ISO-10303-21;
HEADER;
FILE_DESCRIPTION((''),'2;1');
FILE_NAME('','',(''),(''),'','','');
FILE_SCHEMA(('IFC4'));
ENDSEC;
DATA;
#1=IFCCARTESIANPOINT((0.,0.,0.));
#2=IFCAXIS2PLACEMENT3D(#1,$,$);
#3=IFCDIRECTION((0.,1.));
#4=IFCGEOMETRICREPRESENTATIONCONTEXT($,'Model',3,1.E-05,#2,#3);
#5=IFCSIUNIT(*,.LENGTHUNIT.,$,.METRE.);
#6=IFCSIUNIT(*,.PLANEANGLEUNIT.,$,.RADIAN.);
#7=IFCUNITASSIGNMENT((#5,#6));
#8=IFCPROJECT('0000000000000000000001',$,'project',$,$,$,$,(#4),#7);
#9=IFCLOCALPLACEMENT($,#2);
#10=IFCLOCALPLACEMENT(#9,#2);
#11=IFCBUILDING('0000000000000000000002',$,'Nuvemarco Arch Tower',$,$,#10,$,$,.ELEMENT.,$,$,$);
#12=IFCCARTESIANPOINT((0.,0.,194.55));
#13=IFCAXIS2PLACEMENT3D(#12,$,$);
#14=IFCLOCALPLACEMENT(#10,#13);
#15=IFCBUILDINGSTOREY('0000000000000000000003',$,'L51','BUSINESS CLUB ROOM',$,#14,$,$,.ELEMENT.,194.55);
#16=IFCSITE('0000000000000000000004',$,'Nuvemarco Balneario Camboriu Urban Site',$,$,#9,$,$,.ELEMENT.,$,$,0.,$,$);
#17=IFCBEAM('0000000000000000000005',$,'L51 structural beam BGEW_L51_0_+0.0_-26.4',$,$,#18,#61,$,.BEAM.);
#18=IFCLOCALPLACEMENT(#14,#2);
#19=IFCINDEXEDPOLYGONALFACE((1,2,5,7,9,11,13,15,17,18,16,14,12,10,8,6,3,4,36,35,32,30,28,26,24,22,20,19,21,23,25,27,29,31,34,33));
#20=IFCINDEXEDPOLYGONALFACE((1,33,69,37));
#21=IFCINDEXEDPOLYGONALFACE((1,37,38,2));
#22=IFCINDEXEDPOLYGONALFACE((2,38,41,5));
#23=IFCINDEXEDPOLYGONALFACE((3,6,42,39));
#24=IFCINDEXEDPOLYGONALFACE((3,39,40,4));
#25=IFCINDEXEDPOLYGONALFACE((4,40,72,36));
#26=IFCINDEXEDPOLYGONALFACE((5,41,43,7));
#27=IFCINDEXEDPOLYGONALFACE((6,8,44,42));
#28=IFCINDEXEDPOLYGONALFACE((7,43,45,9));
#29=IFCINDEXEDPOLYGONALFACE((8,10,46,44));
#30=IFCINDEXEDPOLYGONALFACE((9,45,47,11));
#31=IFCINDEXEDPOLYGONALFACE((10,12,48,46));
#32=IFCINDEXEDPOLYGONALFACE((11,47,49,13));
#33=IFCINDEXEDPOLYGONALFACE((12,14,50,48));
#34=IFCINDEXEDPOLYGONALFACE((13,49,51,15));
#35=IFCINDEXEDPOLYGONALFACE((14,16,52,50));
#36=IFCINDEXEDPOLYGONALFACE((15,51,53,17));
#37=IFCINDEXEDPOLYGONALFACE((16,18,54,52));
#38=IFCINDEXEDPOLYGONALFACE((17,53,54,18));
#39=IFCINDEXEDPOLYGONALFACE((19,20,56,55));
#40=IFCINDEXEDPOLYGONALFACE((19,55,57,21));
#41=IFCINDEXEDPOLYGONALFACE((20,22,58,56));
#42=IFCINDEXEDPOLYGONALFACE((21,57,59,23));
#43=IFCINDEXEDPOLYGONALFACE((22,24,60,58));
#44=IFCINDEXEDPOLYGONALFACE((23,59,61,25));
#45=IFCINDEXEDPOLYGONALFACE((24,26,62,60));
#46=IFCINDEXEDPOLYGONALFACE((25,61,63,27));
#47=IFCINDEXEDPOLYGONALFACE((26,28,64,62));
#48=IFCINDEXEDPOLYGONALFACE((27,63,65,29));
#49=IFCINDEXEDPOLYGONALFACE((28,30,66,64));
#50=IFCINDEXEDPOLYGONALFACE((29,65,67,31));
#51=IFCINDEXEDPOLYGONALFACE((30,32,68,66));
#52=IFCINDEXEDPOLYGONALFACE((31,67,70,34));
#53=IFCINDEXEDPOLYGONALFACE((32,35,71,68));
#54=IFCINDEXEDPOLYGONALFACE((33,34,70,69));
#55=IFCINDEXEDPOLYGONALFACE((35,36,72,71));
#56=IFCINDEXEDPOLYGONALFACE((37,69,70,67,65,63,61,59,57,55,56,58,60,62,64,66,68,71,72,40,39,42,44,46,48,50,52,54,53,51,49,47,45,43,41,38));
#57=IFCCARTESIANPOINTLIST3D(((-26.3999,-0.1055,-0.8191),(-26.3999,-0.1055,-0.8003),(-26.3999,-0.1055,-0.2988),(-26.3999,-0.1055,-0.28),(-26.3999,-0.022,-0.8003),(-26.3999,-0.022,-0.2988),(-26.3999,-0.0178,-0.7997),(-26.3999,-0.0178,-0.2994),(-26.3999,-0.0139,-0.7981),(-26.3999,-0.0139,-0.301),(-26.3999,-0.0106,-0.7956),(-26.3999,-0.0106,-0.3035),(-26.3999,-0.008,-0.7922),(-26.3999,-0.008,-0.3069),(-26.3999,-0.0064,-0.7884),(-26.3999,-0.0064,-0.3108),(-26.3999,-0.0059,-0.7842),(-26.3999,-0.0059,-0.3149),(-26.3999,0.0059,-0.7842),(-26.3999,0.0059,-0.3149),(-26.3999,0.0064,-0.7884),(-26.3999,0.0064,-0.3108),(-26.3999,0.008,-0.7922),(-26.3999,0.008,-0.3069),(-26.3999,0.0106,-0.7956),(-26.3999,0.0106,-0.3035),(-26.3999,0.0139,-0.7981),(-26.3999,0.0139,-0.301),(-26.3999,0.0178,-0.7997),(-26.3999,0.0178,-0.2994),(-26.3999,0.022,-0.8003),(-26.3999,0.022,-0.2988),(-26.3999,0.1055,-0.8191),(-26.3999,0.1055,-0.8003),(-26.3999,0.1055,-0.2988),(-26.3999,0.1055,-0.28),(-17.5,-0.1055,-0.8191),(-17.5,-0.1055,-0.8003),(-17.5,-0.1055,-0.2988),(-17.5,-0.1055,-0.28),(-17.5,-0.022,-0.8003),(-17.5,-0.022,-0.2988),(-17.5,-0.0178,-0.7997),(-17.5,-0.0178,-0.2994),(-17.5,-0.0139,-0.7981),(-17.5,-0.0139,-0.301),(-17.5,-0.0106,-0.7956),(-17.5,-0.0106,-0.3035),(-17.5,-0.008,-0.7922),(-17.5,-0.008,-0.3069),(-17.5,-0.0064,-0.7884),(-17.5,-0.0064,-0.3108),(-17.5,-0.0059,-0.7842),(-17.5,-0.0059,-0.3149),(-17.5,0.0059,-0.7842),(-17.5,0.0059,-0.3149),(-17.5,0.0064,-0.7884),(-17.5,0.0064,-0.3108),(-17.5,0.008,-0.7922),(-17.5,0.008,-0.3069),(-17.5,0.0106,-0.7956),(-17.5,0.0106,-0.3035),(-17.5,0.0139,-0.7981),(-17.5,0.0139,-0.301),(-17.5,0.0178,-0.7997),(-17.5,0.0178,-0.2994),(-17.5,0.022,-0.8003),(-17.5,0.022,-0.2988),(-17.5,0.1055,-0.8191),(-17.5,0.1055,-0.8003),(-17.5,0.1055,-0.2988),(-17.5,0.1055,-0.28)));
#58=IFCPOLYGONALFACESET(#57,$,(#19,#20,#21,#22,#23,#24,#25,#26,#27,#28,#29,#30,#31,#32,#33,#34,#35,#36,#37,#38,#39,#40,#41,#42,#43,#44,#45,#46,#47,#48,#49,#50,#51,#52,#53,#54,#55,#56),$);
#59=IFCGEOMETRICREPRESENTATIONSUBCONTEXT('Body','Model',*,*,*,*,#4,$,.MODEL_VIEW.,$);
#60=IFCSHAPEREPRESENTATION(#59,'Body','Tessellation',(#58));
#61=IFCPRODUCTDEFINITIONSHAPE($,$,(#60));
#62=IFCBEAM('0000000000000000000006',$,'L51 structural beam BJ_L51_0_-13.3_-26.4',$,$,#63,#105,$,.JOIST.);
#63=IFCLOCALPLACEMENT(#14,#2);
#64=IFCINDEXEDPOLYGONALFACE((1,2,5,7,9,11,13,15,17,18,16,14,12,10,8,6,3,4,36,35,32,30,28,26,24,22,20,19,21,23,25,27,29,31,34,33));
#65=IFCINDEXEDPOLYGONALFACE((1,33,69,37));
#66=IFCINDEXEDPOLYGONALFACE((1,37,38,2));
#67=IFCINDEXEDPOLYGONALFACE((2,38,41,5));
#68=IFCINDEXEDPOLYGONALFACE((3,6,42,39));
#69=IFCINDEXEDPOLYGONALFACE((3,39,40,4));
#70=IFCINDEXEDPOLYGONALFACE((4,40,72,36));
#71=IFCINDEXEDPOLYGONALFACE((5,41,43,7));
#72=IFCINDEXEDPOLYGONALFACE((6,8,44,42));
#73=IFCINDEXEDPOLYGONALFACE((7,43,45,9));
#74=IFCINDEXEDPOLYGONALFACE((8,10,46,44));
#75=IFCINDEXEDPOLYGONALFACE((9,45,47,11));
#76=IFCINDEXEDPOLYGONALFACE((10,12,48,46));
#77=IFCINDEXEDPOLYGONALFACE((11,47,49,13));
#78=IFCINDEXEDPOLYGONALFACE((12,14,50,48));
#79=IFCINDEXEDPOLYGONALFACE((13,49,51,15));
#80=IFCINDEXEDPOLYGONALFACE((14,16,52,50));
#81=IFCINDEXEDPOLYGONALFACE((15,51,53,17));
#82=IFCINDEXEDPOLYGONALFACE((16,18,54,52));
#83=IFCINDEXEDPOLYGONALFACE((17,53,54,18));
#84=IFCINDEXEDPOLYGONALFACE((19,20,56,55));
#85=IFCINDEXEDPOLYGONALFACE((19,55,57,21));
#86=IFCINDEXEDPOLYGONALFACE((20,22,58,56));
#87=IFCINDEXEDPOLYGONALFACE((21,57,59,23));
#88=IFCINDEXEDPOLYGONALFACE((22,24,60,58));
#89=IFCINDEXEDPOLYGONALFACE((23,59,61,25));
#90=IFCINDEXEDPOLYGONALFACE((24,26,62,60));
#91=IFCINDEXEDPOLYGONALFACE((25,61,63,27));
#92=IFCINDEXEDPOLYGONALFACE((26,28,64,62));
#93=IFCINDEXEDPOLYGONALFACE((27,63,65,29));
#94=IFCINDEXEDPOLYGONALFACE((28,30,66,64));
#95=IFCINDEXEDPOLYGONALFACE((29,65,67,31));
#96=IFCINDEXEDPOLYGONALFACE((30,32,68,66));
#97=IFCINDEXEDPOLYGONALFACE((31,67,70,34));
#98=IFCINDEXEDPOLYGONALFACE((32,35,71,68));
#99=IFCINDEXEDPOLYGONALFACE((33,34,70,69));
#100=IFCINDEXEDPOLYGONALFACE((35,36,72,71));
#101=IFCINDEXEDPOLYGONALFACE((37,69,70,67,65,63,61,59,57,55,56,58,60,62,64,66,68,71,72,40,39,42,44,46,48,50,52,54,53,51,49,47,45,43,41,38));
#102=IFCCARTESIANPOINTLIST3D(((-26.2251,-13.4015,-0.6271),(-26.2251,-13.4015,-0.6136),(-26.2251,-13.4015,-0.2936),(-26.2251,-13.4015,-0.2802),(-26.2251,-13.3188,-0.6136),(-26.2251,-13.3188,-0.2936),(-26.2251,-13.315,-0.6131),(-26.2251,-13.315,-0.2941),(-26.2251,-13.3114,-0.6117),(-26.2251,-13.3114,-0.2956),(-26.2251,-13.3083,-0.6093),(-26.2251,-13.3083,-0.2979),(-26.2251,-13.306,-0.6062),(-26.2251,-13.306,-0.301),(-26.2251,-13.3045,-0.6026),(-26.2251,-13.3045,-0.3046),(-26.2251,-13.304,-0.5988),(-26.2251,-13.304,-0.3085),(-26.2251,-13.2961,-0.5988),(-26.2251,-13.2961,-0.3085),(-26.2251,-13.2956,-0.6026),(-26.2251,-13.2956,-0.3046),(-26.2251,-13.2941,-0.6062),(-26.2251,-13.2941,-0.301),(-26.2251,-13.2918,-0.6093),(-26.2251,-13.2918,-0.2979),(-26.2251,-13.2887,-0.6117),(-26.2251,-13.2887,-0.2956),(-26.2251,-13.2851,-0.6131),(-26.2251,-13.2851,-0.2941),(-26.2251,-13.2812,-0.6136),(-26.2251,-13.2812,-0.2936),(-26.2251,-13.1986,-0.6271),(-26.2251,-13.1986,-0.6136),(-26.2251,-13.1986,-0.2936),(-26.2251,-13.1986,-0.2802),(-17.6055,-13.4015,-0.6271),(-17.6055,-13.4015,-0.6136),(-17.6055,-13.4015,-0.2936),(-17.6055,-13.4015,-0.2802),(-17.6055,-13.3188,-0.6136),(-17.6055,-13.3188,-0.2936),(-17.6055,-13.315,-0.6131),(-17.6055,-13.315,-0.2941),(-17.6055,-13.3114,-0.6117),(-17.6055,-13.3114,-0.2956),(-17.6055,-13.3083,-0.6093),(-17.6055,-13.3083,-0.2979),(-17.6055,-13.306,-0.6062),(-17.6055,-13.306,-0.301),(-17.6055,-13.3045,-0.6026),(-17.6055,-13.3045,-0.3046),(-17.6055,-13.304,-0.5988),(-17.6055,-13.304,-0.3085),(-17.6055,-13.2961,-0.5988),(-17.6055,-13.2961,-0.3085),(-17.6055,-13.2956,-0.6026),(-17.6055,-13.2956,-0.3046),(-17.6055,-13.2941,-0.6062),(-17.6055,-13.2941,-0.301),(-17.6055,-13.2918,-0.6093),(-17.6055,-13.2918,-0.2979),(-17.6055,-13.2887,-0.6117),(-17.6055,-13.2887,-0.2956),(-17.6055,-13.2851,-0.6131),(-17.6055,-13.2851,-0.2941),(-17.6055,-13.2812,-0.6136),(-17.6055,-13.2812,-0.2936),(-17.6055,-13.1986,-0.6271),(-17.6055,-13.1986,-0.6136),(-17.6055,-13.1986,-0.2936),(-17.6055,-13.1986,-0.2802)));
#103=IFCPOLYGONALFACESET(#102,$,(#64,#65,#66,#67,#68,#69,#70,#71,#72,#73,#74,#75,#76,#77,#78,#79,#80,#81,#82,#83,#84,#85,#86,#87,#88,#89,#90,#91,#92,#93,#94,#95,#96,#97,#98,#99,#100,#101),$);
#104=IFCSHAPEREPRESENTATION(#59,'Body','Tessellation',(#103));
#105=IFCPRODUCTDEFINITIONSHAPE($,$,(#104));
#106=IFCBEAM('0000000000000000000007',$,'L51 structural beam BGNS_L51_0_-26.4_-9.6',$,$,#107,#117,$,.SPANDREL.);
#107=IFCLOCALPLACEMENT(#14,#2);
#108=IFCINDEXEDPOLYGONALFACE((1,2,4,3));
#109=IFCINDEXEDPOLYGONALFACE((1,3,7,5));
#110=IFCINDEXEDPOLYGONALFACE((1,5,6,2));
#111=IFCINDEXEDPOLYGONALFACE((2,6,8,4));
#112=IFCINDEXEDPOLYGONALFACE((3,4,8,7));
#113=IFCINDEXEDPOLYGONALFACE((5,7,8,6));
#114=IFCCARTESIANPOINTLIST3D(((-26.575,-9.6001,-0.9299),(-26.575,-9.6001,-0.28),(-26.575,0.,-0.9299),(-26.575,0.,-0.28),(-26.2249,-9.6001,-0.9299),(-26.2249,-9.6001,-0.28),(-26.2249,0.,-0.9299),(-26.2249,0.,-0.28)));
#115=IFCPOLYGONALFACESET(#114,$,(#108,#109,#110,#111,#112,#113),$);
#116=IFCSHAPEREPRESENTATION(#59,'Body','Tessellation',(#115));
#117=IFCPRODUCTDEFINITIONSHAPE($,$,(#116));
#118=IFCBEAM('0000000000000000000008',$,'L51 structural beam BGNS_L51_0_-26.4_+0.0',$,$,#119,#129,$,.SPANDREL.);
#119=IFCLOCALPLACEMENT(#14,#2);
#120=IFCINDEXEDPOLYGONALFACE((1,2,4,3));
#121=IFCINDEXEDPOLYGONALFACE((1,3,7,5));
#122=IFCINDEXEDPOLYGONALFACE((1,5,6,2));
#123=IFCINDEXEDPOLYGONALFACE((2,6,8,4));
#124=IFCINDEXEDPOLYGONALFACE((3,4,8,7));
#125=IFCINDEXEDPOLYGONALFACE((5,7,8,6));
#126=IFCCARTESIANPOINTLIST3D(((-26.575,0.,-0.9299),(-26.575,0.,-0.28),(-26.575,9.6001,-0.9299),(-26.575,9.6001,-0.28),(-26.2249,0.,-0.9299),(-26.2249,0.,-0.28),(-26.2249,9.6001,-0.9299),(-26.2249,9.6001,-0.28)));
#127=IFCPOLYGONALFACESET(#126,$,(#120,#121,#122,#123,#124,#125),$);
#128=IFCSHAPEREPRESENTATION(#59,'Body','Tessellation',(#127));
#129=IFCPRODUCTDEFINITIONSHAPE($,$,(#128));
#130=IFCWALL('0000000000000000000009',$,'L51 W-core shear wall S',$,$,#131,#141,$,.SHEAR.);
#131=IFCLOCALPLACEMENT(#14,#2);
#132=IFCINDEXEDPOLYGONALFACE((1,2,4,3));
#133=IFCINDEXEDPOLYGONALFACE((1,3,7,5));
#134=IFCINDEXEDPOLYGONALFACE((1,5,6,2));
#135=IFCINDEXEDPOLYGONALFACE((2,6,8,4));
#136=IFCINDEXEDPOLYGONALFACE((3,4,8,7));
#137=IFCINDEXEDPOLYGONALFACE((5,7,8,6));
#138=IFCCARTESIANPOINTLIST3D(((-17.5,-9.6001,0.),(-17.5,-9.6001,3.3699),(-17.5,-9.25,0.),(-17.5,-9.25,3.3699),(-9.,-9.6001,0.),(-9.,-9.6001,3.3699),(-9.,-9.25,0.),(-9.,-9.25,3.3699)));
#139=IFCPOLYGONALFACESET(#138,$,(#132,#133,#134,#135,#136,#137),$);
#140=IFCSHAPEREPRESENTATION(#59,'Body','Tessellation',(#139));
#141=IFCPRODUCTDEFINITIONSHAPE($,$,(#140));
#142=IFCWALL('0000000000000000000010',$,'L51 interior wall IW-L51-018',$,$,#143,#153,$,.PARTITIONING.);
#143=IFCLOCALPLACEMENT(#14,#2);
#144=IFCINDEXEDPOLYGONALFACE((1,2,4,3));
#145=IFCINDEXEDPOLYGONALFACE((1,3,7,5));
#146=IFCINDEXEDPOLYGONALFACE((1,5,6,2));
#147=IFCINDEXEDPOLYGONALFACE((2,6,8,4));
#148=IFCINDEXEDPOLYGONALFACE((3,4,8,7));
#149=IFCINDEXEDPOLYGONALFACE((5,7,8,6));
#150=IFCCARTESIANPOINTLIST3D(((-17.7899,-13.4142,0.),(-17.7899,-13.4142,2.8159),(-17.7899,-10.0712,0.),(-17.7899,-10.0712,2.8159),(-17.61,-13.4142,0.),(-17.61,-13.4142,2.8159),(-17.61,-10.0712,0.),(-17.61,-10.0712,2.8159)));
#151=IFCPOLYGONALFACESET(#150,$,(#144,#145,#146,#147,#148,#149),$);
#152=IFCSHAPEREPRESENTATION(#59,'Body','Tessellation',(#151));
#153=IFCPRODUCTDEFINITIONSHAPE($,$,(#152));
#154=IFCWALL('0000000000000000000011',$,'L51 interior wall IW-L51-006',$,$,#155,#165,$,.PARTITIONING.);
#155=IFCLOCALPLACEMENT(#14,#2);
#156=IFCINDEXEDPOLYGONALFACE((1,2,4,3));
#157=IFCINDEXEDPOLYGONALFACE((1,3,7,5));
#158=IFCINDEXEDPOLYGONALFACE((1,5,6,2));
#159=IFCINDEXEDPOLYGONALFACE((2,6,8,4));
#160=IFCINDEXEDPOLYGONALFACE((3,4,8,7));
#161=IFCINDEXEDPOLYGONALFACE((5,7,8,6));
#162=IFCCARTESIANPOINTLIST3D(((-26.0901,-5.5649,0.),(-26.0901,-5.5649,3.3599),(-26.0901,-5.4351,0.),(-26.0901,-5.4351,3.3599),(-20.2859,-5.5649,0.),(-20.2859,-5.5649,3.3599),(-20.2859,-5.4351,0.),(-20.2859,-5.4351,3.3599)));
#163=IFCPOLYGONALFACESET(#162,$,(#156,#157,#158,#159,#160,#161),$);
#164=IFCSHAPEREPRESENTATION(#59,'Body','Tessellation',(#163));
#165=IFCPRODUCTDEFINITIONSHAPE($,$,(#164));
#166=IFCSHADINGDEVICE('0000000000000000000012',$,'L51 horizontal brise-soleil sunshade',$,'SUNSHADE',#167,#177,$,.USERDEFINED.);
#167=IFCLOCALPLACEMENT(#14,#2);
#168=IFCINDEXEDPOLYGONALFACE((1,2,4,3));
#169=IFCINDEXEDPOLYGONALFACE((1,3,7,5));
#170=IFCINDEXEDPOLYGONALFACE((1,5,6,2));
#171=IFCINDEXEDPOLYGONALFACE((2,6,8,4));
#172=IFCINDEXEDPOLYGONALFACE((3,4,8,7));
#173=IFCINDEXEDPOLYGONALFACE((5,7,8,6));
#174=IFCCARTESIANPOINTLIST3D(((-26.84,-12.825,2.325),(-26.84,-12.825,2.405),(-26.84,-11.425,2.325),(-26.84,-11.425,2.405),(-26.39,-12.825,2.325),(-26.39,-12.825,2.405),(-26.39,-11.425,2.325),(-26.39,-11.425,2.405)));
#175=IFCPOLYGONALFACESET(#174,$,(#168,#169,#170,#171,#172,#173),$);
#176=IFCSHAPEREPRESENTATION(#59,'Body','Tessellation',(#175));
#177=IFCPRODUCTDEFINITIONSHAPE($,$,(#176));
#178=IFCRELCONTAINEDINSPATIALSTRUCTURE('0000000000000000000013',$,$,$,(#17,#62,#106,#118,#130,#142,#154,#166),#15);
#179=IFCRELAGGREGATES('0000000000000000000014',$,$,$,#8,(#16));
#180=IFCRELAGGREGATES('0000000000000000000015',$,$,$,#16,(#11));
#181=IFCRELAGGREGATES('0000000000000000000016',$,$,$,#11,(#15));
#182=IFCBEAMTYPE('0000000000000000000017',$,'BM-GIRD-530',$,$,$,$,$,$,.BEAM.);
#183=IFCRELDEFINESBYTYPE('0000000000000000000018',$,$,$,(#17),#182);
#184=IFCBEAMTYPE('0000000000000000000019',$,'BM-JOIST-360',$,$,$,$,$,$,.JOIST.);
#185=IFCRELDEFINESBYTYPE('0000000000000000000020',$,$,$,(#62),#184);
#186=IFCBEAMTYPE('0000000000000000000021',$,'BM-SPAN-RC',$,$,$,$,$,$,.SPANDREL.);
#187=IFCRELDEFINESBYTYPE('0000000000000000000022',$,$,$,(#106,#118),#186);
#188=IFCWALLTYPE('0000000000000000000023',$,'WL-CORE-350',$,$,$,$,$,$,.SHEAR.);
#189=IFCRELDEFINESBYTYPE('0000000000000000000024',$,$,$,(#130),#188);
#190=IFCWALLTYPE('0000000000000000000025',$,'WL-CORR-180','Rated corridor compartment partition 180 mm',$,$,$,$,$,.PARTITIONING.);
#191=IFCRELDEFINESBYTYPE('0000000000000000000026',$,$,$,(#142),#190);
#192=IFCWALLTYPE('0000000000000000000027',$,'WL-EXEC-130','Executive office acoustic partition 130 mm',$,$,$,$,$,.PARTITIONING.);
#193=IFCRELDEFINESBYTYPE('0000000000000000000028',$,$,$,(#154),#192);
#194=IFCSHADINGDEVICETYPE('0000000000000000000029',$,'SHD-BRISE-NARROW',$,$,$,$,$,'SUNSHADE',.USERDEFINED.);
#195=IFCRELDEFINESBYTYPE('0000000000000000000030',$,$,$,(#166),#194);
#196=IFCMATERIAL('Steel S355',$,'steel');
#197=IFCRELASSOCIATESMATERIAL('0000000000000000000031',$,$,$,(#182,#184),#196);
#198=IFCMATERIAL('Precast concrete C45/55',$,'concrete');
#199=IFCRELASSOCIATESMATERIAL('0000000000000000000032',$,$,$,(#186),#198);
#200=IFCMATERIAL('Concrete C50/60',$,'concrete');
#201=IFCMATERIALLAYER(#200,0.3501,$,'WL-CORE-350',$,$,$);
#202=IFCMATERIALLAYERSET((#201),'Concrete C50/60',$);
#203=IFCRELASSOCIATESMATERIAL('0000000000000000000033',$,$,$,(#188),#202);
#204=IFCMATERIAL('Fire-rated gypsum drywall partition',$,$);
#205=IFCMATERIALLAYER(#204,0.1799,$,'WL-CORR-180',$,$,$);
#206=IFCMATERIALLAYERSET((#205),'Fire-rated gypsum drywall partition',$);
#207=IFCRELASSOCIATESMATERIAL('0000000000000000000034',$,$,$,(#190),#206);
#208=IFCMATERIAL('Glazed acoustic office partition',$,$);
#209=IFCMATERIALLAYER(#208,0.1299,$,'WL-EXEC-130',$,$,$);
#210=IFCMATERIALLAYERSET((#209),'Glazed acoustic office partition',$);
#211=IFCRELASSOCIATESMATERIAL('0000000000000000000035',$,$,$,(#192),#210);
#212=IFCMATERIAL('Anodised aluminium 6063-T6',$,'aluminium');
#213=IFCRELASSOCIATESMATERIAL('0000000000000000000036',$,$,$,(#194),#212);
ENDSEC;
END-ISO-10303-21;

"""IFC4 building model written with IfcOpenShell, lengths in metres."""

from ifc_helpers import new_model, si_unit, direction, frame, frame_2d, origin, origin_2d, place, context, subcontext, project, spatial, rectangle, i_section, extrude, source, transform, mapped, material, layer, layer_set, material_profile, profile_set, type_object, type_shapes, element, save


model = new_model("IFC4")

# Units and contexts
model_context = context("Model", 3, precision=1e-05, world=origin(), true_north=direction((0.0, 1.0)))
body_context = subcontext(model_context, "Body", "Model", "MODEL_VIEW")
ifc_project = project(units=[si_unit("LENGTHUNIT", "METRE"), si_unit("PLANEANGLEUNIT", "RADIAN")], contexts=[model_context])

# Site, building, storey
site_placement = place(None, origin())
site = spatial("IfcSite", under=ifc_project, at=site_placement, Name="Nuvemarco Balneario Camboriu Urban Site", CompositionType="ELEMENT", RefElevation=0.0)
building_placement = place(site_placement, origin())
building = spatial("IfcBuilding", under=site, at=building_placement, Name="Nuvemarco Arch Tower", CompositionType="ELEMENT")
storey_placement = place(building_placement, frame((0.0, 0.0, 194.55)))
storey = spatial("IfcBuildingStorey", under=building, at=storey_placement, Name="L51", Description="BUSINESS CLUB ROOM", CompositionType="ELEMENT", Elevation=194.55)

# Shared definitions
ifc_material_1 = material(Name="Concrete C50/60", Category="concrete")
ifc_material_2 = material(Name="Steel S355", Category="steel")

# Beams
ifc_material_profile_1 = material_profile(ifc_material_2, i_section(OverallWidth=0.2109, OverallDepth=0.5391, WebThickness=0.0117, FlangeThickness=0.0188, FilletRadius=0.0161, at=origin_2d()), Name="W530x109")
ifc_profile_set_1 = profile_set([ifc_material_profile_1], Name="Steel S355")
beam_type_1 = type_object("IfcBeamType", Name="BM-GIRD-530", PredefinedType="BEAM", material=ifc_profile_set_1)
beam_1_placement = place(storey_placement, frame((-26.3999, 0.0, -0.5496), z_axis=(1.0, 0.0, 0.0), x_axis=(0.0, 1.0, 0.0)))
element("IfcBeam", 1, at=beam_1_placement, inside=storey, type_object=beam_type_1, Name="L51 structural beam BGEW_L51_0_+0.0_-26.4", PredefinedType="BEAM", context=body_context, shape_type="SweptSolid", body=[
    extrude(i_section(OverallWidth=0.2109, OverallDepth=0.5391, WebThickness=0.0117, FlangeThickness=0.0188, FilletRadius=0.0161, at=origin_2d()), origin(), (0.0, 0.0, 1.0), 8.8999),
])
ifc_material_profile_2 = material_profile(ifc_material_2, i_section(OverallWidth=0.2029, OverallDepth=0.3469, WebThickness=0.0078, FlangeThickness=0.0134, FilletRadius=0.0149, at=origin_2d()), Name="W360x64")
ifc_profile_set_2 = profile_set([ifc_material_profile_2], Name="Steel S355")
beam_type_2 = type_object("IfcBeamType", Name="BM-JOIST-360", PredefinedType="JOIST", material=ifc_profile_set_2)
beam_2_placement = place(storey_placement, frame((-26.2251, -13.3, -0.4536), z_axis=(1.0, 0.0, 0.0), x_axis=(0.0, 1.0, 0.0)))
element("IfcBeam", 2, at=beam_2_placement, inside=storey, type_object=beam_type_2, Name="L51 structural beam BJ_L51_0_-13.3_-26.4", PredefinedType="JOIST", context=body_context, shape_type="SweptSolid", body=[
    extrude(i_section(OverallWidth=0.2029, OverallDepth=0.3469, WebThickness=0.0078, FlangeThickness=0.0134, FilletRadius=0.0149, at=origin_2d()), origin(), (0.0, 0.0, 1.0), 8.6196),
])
ifc_material_3 = material(Name="Precast concrete C45/55", Category="concrete")
ifc_material_profile_3 = material_profile(ifc_material_3, rectangle(XDim=0.3501, YDim=0.6499, at=origin_2d()), Name="PC-SP-350x650")
ifc_profile_set_3 = profile_set([ifc_material_profile_3], Name="Precast concrete C45/55")
beam_type_3 = type_object("IfcBeamType", Name="BM-SPAN-RC", PredefinedType="SPANDREL", material=ifc_profile_set_3)
for number, where, z_axis, x_axis, name in (
    (3, (-26.3999, -9.6001, -0.605), (0.0, 1.0, 0.0), (-1.0, 0.0, 0.0), "L51 structural beam BGNS_L51_0_-26.4_-9.6"),
    (4, (-26.3999, 0.0, -0.605), (0.0, 1.0, 0.0), (-1.0, 0.0, 0.0), "L51 structural beam BGNS_L51_0_-26.4_+0.0"),
):
    element("IfcBeam", number, at=place(storey_placement, frame(where, z_axis=z_axis, x_axis=x_axis)), inside=storey, type_object=beam_type_3, Name=name, PredefinedType="SPANDREL", context=body_context, shape_type="SweptSolid", body=[
        extrude(rectangle(XDim=0.3501, YDim=0.6499, at=origin_2d()), origin(), (0.0, 0.0, 1.0), 9.6001),
    ])

# Walls
ifc_layer_1 = layer(ifc_material_1, 0.3501, Name="WL-CORE-350")
ifc_layer_set_1 = layer_set([ifc_layer_1], Name="Concrete C50/60")
wall_type_1 = type_object("IfcWallType", Name="WL-CORE-350", PredefinedType="SHEAR", material=ifc_layer_set_1)
wall_1_placement = place(storey_placement, frame((-17.5, -9.425, 0.0), z_axis=(0.0, 0.0, 1.0), x_axis=(1.0, 0.0, 0.0)))
element("IfcWall", 5, at=wall_1_placement, inside=storey, type_object=wall_type_1, Name="L51 W-core shear wall S", PredefinedType="SHEAR", context=body_context, shape_type="SweptSolid", body=[
    extrude(rectangle(XDim=8.5, YDim=0.3501, at=frame_2d((4.25, 0.0))), origin(), (0.0, 0.0, 1.0), 3.3699),
])
ifc_material_4 = material(Name="Fire-rated gypsum drywall partition")
ifc_layer_2 = layer(ifc_material_4, 0.1799, Name="WL-CORR-180")
ifc_layer_set_2 = layer_set([ifc_layer_2], Name="Fire-rated gypsum drywall partition")
wall_type_2 = type_object("IfcWallType", Name="WL-CORR-180", Description="Rated corridor compartment partition 180 mm", PredefinedType="PARTITIONING", material=ifc_layer_set_2)
wall_2_placement = place(storey_placement, frame((-17.7, -13.4141, 0.0), z_axis=(0.0, 0.0, 1.0), x_axis=(0.0, 1.0, 0.0)))
element("IfcWall", 6, at=wall_2_placement, inside=storey, type_object=wall_type_2, Name="L51 interior wall IW-L51-018", PredefinedType="PARTITIONING", context=body_context, shape_type="SweptSolid", body=[
    extrude(rectangle(XDim=3.343, YDim=0.1799, at=frame_2d((1.6714, 0.0))), origin(), (0.0, 0.0, 1.0), 2.8159),
])
ifc_material_5 = material(Name="Glazed acoustic office partition")
ifc_layer_3 = layer(ifc_material_5, 0.1299, Name="WL-EXEC-130")
ifc_layer_set_3 = layer_set([ifc_layer_3], Name="Glazed acoustic office partition")
wall_type_3 = type_object("IfcWallType", Name="WL-EXEC-130", Description="Executive office acoustic partition 130 mm", PredefinedType="PARTITIONING", material=ifc_layer_set_3)
wall_3_placement = place(storey_placement, frame((-26.0901, -5.5, 0.0), z_axis=(0.0, 0.0, 1.0), x_axis=(1.0, 0.0, 0.0)))
element("IfcWall", 7, at=wall_3_placement, inside=storey, type_object=wall_type_3, Name="L51 interior wall IW-L51-006", PredefinedType="PARTITIONING", context=body_context, shape_type="SweptSolid", body=[
    extrude(rectangle(XDim=5.8042, YDim=0.1299, at=frame_2d((2.9021, 0.0))), origin(), (0.0, 0.0, 1.0), 3.3599),
])

# Shading device
ifc_material_6 = material(Name="Anodised aluminium 6063-T6", Category="aluminium")
shading_device_type = type_object("IfcShadingDeviceType", Name="SHD-BRISE-NARROW", ElementType="SUNSHADE", PredefinedType="USERDEFINED", material=ifc_material_6)
shared_shape = source(origin(), body_context, "Body", "SweptSolid", [
    extrude(rectangle(XDim=1.3999, YDim=0.45, at=origin_2d()), origin(), (0.0, 0.0, 1.0), 0.0801),
])
type_shapes(shading_device_type, [shared_shape])
for number, where, z_axis, x_axis, name in (
    (8, (-26.615, -12.125, 2.325), (0.0, 0.0, 1.0), (0.0, 1.0, 0.0), "L51 horizontal brise-soleil sunshade"),
):
    element("IfcShadingDevice", number, at=place(storey_placement, frame(where, z_axis=z_axis, x_axis=x_axis)), inside=storey, type_object=shading_device_type, Name=name, ObjectType="SUNSHADE", PredefinedType="USERDEFINED", context=body_context, shape_type="MappedRepresentation", body=[
        mapped(shared_shape, transform((0.0, 0.0, 0.0), scale=1.0)),
    ])

save(model, "model.ifc")
